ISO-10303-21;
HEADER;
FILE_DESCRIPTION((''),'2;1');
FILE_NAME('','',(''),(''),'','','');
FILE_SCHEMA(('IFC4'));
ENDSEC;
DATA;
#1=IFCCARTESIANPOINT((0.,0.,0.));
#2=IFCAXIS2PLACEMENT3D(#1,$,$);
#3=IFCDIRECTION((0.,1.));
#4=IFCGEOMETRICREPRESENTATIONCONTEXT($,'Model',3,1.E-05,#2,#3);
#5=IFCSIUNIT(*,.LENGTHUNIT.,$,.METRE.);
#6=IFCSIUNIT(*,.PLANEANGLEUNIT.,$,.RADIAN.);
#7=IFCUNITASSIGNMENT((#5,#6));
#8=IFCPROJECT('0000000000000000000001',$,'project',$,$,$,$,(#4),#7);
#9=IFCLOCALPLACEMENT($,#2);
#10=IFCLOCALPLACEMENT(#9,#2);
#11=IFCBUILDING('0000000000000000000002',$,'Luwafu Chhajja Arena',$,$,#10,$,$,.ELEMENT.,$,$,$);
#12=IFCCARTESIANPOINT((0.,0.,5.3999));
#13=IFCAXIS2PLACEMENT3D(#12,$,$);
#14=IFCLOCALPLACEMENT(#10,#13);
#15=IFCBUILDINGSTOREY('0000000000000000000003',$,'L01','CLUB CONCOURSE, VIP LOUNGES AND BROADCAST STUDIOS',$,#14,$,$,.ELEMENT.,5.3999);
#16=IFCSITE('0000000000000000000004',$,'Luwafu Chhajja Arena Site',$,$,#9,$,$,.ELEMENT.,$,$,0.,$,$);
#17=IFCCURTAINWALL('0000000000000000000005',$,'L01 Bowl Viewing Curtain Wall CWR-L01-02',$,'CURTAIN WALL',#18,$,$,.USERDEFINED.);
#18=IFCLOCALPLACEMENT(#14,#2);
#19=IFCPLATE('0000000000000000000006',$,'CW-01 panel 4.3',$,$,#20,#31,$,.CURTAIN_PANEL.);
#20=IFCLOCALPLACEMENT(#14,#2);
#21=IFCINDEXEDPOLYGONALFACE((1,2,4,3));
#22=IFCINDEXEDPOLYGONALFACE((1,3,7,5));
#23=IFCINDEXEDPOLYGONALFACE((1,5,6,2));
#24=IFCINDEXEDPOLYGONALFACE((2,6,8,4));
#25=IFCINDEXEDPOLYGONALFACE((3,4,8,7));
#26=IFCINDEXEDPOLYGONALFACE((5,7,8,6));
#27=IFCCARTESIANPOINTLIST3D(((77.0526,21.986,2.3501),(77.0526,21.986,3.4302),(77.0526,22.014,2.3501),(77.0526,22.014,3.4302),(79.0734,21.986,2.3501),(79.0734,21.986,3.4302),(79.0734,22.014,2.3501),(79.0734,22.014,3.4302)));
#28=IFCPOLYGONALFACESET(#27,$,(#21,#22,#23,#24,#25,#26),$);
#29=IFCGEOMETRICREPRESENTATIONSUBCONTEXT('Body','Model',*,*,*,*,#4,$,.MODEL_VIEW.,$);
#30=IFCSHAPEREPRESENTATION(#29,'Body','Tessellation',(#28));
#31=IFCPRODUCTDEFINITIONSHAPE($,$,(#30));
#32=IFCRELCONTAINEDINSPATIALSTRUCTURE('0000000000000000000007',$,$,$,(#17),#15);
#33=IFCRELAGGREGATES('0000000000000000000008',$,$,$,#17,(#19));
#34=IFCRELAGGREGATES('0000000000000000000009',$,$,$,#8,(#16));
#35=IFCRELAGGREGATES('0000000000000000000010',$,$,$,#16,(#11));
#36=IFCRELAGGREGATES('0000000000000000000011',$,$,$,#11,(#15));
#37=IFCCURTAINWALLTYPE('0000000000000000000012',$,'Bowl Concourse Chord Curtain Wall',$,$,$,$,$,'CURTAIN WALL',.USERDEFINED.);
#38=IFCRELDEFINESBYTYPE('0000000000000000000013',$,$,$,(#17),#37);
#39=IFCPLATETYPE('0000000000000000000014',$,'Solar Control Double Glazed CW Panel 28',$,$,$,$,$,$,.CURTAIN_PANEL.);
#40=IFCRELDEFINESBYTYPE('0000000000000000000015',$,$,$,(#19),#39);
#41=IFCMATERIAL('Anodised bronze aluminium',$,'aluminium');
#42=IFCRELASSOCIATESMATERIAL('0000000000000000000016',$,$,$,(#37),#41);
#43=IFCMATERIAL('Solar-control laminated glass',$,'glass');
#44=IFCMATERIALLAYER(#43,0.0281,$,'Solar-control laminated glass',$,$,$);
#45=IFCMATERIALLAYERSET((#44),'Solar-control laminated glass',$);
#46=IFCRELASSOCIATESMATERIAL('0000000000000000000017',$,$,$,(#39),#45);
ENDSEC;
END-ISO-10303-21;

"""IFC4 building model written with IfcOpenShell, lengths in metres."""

from ifc_helpers import new_model, si_unit, direction, frame, origin, origin_2d, place, context, subcontext, project, spatial, rectangle, extrude, material, layer, layer_set, type_object, element, aggregate, save


model = new_model("IFC4")

# Units and contexts
model_context = context("Model", 3, precision=1e-05, world=origin(), true_north=direction((0.0, 1.0)))
body_context = subcontext(model_context, "Body", "Model", "MODEL_VIEW")
ifc_project = project(units=[si_unit("LENGTHUNIT", "METRE"), si_unit("PLANEANGLEUNIT", "RADIAN")], contexts=[model_context])

# Site, building, storey
site_placement = place(None, origin())
site = spatial("IfcSite", under=ifc_project, at=site_placement, Name="Luwafu Chhajja Arena Site", CompositionType="ELEMENT", RefElevation=0.0)
building_placement = place(site_placement, origin())
building = spatial("IfcBuilding", under=site, at=building_placement, Name="Luwafu Chhajja Arena", CompositionType="ELEMENT")
storey_placement = place(building_placement, frame((0.0, 0.0, 5.3999)))
storey = spatial("IfcBuildingStorey", under=building, at=storey_placement, Name="L01", Description="CLUB CONCOURSE, VIP LOUNGES AND BROADCAST STUDIOS", CompositionType="ELEMENT", Elevation=5.3999)

# Curtain wall
ifc_material_1 = material(Name="Anodised bronze aluminium", Category="aluminium")
curtain_wall_type = type_object("IfcCurtainWallType", Name="Bowl Concourse Chord Curtain Wall", ElementType="CURTAIN WALL", PredefinedType="USERDEFINED", material=ifc_material_1)
curtain_wall_1_placement = place(storey_placement, origin())
curtain_wall_1 = element("IfcCurtainWall", 1, at=curtain_wall_1_placement, inside=storey, type_object=curtain_wall_type, Name="L01 Bowl Viewing Curtain Wall CWR-L01-02", ObjectType="CURTAIN WALL", PredefinedType="USERDEFINED")

# Plate
ifc_material_2 = material(Name="Solar-control laminated glass", Category="glass")
ifc_layer = layer(ifc_material_2, 0.0281, Name="Solar-control laminated glass")
ifc_layer_set = layer_set([ifc_layer], Name="Solar-control laminated glass")
plate_type = type_object("IfcPlateType", Name="Solar Control Double Glazed CW Panel 28", PredefinedType="CURTAIN_PANEL", material=ifc_layer_set)
plate_1_placement = place(storey_placement, frame((78.063, 22.0, 2.3501), z_axis=(0.0, 0.0, 1.0), x_axis=(1.0, 0.0, 0.0)))
plate_1 = element("IfcPlate", 2, at=plate_1_placement, type_object=plate_type, Name="CW-01 panel 4.3", PredefinedType="CURTAIN_PANEL", context=body_context, shape_type="SweptSolid", body=[
    extrude(rectangle(XDim=2.0208, YDim=0.0281, at=origin_2d()), origin(), (0.0, 0.0, 1.0), 1.0801),
])
aggregate(curtain_wall_1, [plate_1])

save(model, "model.ifc")
